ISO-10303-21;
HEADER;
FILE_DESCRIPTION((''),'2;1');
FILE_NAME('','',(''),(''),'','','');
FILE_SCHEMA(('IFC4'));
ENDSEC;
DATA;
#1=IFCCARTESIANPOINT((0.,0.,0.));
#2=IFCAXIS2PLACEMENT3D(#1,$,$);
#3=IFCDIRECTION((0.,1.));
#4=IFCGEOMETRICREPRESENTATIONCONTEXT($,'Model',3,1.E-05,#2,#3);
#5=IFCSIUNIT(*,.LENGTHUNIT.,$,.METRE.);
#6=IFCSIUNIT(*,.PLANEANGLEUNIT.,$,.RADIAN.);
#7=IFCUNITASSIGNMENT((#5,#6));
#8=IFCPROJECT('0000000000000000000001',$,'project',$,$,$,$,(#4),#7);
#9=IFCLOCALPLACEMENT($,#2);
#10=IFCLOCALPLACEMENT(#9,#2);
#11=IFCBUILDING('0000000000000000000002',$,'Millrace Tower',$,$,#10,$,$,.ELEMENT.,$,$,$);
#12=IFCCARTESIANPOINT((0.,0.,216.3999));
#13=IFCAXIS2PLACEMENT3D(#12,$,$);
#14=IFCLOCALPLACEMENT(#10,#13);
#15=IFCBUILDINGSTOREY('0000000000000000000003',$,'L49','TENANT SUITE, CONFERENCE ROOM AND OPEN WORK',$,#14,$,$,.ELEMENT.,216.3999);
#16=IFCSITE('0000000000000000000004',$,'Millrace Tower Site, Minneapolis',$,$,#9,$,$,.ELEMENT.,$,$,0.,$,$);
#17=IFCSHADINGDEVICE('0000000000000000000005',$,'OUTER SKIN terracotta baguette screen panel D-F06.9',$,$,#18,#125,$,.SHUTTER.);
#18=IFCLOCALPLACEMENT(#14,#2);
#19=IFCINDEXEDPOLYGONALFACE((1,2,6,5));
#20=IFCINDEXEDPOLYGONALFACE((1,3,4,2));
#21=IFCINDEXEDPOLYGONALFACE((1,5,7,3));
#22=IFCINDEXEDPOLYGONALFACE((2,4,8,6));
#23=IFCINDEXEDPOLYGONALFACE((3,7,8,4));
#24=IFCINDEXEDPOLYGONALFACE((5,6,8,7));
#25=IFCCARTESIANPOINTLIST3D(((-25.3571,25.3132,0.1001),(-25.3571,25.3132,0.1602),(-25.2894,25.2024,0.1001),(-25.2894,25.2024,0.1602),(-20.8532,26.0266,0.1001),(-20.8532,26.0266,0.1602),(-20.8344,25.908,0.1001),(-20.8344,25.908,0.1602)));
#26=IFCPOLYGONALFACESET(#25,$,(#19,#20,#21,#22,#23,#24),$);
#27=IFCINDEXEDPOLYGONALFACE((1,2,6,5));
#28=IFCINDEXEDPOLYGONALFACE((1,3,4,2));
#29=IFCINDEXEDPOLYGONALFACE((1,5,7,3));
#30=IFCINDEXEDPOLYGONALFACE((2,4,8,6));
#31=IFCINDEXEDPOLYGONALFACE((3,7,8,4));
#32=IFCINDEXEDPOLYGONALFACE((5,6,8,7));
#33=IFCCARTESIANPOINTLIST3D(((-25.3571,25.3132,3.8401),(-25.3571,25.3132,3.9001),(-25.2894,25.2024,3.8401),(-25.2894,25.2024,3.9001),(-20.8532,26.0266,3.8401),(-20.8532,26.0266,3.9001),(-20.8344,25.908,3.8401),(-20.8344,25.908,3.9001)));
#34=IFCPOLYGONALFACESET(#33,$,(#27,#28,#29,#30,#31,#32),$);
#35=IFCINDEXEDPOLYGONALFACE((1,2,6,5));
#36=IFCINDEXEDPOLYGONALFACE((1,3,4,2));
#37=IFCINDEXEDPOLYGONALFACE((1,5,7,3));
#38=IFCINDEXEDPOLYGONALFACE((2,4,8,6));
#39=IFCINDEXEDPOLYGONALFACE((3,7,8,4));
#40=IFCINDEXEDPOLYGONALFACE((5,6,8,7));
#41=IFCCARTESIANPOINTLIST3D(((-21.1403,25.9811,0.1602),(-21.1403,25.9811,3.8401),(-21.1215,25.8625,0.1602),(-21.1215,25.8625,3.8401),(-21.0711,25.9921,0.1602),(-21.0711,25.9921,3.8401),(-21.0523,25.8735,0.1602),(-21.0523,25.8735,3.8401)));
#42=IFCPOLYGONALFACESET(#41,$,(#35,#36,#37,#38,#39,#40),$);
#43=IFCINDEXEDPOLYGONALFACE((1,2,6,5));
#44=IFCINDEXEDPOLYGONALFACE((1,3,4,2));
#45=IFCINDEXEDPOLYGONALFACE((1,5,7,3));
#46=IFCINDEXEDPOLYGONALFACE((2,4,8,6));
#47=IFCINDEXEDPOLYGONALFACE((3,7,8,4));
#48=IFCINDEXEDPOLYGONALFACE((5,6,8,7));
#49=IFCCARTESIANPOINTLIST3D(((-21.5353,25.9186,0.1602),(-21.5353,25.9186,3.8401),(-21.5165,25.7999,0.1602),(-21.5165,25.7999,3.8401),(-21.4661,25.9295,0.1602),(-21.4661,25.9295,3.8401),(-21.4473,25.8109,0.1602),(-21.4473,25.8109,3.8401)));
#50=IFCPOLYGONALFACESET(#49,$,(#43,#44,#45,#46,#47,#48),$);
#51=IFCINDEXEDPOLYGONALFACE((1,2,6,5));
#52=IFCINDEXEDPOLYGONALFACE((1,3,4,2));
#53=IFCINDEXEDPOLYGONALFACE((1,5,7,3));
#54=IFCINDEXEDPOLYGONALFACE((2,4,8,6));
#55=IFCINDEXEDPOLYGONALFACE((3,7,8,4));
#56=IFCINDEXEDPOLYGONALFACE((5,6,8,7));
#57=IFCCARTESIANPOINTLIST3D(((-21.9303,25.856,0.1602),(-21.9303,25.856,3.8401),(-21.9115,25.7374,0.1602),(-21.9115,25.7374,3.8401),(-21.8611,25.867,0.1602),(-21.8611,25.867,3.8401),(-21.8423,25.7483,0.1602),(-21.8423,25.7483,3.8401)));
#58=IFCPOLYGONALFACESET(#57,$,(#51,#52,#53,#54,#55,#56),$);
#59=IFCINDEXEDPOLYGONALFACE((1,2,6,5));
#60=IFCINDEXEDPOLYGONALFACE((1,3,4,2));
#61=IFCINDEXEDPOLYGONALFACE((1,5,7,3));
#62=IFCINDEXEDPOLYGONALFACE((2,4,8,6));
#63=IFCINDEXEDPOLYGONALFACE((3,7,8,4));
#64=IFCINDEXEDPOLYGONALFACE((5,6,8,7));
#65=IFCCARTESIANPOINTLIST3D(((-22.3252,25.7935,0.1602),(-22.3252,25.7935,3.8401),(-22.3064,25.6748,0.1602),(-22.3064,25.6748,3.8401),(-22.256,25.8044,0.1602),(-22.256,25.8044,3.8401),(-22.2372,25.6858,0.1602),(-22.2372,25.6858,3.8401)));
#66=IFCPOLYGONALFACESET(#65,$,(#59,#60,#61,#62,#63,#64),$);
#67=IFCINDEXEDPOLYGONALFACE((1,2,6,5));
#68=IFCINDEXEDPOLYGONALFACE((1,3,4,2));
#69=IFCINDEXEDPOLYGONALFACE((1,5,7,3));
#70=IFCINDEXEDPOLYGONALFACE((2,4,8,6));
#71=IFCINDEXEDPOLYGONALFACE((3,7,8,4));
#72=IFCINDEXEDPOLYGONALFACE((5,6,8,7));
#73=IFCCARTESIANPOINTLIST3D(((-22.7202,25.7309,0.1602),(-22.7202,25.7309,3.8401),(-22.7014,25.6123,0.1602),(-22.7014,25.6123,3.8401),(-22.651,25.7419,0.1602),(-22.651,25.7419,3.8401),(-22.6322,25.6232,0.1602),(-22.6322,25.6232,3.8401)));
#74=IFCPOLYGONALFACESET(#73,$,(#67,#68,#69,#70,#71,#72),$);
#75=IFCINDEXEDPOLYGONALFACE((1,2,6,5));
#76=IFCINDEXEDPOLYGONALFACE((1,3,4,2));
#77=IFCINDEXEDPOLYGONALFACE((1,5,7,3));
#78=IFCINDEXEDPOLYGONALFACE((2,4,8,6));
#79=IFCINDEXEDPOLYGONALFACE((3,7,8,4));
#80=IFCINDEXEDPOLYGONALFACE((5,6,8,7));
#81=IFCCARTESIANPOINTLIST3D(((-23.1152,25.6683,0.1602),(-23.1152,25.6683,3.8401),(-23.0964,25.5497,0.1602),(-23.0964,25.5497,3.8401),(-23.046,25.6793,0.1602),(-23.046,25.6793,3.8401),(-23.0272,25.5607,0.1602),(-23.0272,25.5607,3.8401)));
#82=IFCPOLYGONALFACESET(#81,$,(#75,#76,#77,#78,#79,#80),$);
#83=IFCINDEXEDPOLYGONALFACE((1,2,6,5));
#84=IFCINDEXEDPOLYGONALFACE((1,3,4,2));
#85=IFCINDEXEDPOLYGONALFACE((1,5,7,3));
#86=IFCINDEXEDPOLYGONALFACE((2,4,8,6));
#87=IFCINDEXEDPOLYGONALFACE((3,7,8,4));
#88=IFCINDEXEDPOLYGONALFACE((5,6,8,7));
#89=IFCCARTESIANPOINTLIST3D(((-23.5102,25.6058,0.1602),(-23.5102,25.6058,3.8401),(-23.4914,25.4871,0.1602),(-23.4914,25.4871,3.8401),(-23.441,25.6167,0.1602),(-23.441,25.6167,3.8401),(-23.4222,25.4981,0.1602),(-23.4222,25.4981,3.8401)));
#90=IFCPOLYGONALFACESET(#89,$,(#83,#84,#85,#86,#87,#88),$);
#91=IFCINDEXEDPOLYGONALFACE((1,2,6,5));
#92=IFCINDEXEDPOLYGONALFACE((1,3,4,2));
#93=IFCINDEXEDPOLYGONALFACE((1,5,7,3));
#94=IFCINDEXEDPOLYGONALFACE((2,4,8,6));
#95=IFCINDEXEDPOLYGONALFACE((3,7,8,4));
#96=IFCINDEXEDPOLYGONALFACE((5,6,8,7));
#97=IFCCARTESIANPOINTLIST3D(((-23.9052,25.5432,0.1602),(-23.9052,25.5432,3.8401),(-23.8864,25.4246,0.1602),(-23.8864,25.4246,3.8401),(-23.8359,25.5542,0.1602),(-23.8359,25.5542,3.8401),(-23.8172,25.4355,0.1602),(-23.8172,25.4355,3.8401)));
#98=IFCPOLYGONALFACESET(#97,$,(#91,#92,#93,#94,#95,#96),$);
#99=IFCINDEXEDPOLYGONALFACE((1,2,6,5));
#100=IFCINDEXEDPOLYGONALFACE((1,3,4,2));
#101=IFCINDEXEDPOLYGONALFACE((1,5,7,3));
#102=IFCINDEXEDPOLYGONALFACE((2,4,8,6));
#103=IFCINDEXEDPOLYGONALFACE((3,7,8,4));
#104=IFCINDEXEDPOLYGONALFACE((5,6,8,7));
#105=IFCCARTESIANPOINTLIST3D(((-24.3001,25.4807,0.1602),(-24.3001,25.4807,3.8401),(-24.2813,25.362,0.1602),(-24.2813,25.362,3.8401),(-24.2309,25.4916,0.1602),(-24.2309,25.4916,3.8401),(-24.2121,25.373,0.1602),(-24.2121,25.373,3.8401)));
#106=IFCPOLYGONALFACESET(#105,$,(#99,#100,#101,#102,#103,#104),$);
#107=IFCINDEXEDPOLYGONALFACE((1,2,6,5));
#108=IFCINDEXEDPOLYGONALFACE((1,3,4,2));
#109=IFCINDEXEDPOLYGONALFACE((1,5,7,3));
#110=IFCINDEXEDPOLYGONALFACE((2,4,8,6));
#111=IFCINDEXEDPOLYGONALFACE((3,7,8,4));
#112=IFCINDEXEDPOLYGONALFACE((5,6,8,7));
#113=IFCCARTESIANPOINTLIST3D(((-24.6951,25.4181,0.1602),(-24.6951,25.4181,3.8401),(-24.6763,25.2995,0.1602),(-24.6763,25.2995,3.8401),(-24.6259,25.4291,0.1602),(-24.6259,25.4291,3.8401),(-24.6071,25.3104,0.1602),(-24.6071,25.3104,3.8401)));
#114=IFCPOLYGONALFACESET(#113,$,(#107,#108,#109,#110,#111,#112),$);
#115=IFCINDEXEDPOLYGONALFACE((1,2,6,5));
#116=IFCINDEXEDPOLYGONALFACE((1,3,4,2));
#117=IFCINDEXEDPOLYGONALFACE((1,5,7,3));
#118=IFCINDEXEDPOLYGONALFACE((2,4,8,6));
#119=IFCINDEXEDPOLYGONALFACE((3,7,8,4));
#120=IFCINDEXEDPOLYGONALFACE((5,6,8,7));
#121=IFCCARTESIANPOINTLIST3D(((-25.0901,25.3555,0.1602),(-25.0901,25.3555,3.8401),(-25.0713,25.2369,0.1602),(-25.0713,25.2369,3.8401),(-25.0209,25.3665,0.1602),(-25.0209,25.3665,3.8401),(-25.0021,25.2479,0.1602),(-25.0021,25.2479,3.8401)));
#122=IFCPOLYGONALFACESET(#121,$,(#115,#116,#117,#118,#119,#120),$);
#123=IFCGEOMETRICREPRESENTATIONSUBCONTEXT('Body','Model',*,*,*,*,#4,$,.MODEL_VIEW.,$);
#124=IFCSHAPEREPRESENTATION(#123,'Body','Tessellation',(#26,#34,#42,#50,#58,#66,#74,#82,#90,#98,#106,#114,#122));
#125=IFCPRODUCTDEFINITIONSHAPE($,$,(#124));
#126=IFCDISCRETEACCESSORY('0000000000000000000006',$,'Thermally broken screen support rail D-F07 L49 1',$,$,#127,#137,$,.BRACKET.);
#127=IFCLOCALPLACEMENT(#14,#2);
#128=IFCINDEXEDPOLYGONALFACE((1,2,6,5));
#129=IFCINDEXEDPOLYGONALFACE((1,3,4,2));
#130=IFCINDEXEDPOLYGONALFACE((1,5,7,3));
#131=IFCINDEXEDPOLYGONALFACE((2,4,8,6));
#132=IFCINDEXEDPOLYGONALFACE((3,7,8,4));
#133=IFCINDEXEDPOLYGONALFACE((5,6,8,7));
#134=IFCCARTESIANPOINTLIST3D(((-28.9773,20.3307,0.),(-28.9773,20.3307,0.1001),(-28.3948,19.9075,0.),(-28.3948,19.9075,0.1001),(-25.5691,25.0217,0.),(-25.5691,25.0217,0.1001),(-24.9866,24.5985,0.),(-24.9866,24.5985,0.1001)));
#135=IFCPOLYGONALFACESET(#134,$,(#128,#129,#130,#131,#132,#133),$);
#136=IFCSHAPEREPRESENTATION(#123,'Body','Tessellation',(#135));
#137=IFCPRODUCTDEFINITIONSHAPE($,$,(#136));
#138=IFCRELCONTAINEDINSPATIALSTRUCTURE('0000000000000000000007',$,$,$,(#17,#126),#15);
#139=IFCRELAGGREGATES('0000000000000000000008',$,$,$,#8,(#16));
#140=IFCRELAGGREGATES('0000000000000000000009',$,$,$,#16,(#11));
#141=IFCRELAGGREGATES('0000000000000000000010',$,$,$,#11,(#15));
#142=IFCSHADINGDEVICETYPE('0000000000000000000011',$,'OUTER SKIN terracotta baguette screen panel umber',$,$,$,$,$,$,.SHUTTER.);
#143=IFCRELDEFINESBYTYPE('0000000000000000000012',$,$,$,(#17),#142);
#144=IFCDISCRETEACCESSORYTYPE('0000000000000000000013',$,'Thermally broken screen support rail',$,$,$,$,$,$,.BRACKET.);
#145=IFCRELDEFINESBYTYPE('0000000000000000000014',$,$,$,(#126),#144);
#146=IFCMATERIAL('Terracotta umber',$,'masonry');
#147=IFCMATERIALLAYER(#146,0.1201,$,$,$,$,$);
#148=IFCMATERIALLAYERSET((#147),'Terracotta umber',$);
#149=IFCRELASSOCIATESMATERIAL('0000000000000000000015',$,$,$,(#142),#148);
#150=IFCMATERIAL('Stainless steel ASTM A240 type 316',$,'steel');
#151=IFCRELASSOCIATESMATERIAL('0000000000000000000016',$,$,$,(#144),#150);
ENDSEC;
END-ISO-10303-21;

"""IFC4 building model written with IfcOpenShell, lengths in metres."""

from ifc_helpers import new_model, entity, si_unit, direction, frame, frame_2d, origin, origin_2d, place, context, subcontext, project, spatial, rectangle, extrude, source, transform, mapped, material, layer, layer_set, type_object, element, save


model = new_model("IFC4")

# Units and contexts
model_context = context("Model", 3, precision=1e-05, world=origin(), true_north=direction((0.0, 1.0)))
body_context = subcontext(model_context, "Body", "Model", "MODEL_VIEW")
ifc_project = project(units=[si_unit("LENGTHUNIT", "METRE"), si_unit("PLANEANGLEUNIT", "RADIAN")], contexts=[model_context])

# Site, building, storey
site_placement = place(None, origin())
site = spatial("IfcSite", under=ifc_project, at=site_placement, Name="Millrace Tower Site, Minneapolis", CompositionType="ELEMENT", RefElevation=0.0)
building_placement = place(site_placement, origin())
building = spatial("IfcBuilding", under=site, at=building_placement, Name="Millrace Tower", CompositionType="ELEMENT")
storey_placement = place(building_placement, frame((0.0, 0.0, 216.3999)))
storey = spatial("IfcBuildingStorey", under=building, at=storey_placement, Name="L49", Description="TENANT SUITE, CONFERENCE ROOM AND OPEN WORK", CompositionType="ELEMENT", Elevation=216.3999)

# Shading device
ifc_material_1 = material(Name="Terracotta umber", Category="masonry")
ifc_layer_1 = layer(ifc_material_1, 0.1201)
ifc_layer_set_1 = layer_set([ifc_layer_1], Name="Terracotta umber")
shading_device_type = type_object("IfcShadingDeviceType", Name="OUTER SKIN terracotta baguette screen panel umber", PredefinedType="SHUTTER", material=ifc_layer_set_1)
cartesian_point_1 = entity("IfcCartesianPoint", [-2.2676, 0.0601])
shared_polyline_1 = entity("IfcPolyline", [cartesian_point_1, entity("IfcCartesianPoint", [2.2429, 0.0601]), entity("IfcCartesianPoint", [2.2925, -0.0601]), entity("IfcCartesianPoint", [-2.2676, -0.0601]), cartesian_point_1])
shared_shape_1 = source(origin(), body_context, "Body", "SweptSolid", [
    entity("IfcExtrudedAreaSolid", entity("IfcArbitraryClosedProfileDef", "AREA", None, shared_polyline_1), entity("IfcAxis2Placement3D", entity("IfcCartesianPoint", [0.0, 0.0, 0.0])), entity("IfcDirection", [0.0, 0.0, 1.0]), 0.0601),
    entity("IfcExtrudedAreaSolid", entity("IfcArbitraryClosedProfileDef", "AREA", None, shared_polyline_1), entity("IfcAxis2Placement3D", entity("IfcCartesianPoint", [0.0, 0.0, 3.74])), entity("IfcDirection", [0.0, 0.0, 1.0]), 0.0601),
    extrude(rectangle(XDim=0.0701, YDim=0.1201, at=frame_2d((-2.012, 0.0))), frame((0.0, 0.0, 0.0601)), (0.0, 0.0, 1.0), 3.6799),
    extrude(rectangle(XDim=0.0701, YDim=0.1201, at=frame_2d((-1.6121, 0.0))), frame((0.0, 0.0, 0.0601)), (0.0, 0.0, 1.0), 3.6799),
    extrude(rectangle(XDim=0.0701, YDim=0.1201, at=frame_2d((-1.2122, 0.0))), frame((0.0, 0.0, 0.0601)), (0.0, 0.0, 1.0), 3.6799),
    extrude(rectangle(XDim=0.0701, YDim=0.1201, at=frame_2d((-0.8123, 0.0))), frame((0.0, 0.0, 0.0601)), (0.0, 0.0, 1.0), 3.6799),
    extrude(rectangle(XDim=0.0701, YDim=0.1201, at=frame_2d((-0.4124, 0.0))), frame((0.0, 0.0, 0.0601)), (0.0, 0.0, 1.0), 3.6799),
    extrude(rectangle(XDim=0.0701, YDim=0.1201, at=frame_2d((-0.0125, 0.0))), frame((0.0, 0.0, 0.0601)), (0.0, 0.0, 1.0), 3.6799),
    extrude(rectangle(XDim=0.0701, YDim=0.1201, at=frame_2d((0.3875, 0.0))), frame((0.0, 0.0, 0.0601)), (0.0, 0.0, 1.0), 3.6799),
    extrude(rectangle(XDim=0.0701, YDim=0.1201, at=frame_2d((0.7874, 0.0))), frame((0.0, 0.0, 0.0601)), (0.0, 0.0, 1.0), 3.6799),
    extrude(rectangle(XDim=0.0701, YDim=0.1201, at=frame_2d((1.1873, 0.0))), frame((0.0, 0.0, 0.0601)), (0.0, 0.0, 1.0), 3.6799),
    extrude(rectangle(XDim=0.0701, YDim=0.1201, at=frame_2d((1.5872, 0.0))), frame((0.0, 0.0, 0.0601)), (0.0, 0.0, 1.0), 3.6799),
    extrude(rectangle(XDim=0.0701, YDim=0.1201, at=frame_2d((1.9871, 0.0))), frame((0.0, 0.0, 0.0601)), (0.0, 0.0, 1.0), 3.6799),
])
shading_device_1_placement = place(storey_placement, frame((-23.0835, 25.6125, 0.1001), z_axis=(0.0, 0.0, 1.0), x_axis=(-0.987688, -0.156434, 0.0)))
element("IfcShadingDevice", 1, at=shading_device_1_placement, inside=storey, type_object=shading_device_type, Name="OUTER SKIN terracotta baguette screen panel D-F06.9", PredefinedType="SHUTTER", context=body_context, shape_type="MappedRepresentation", body=[
    mapped(shared_shape_1, transform((0.0, 0.0, 0.0), scale=1.0)),
])

# Discrete accessory
ifc_material_2 = material(Name="Stainless steel ASTM A240 type 316", Category="steel")
discrete_accessory_type = type_object("IfcDiscreteAccessoryType", Name="Thermally broken screen support rail", PredefinedType="BRACKET", material=ifc_material_2)
discrete_accessory_placement = place(storey_placement, frame((-26.9819, 22.4646, 0.0), z_axis=(0.0, 0.0, 1.0), x_axis=(-0.587785, -0.809017, 0.0)))
element("IfcDiscreteAccessory", 2, at=discrete_accessory_placement, inside=storey, type_object=discrete_accessory_type, Name="Thermally broken screen support rail D-F07 L49 1", PredefinedType="BRACKET", context=body_context, shape_type="SweptSolid", body=[
    extrude(rectangle(XDim=5.7983, YDim=0.72, at=origin_2d()), origin(), (0.0, 0.0, 1.0), 0.1001),
])

save(model, "model.ifc")
